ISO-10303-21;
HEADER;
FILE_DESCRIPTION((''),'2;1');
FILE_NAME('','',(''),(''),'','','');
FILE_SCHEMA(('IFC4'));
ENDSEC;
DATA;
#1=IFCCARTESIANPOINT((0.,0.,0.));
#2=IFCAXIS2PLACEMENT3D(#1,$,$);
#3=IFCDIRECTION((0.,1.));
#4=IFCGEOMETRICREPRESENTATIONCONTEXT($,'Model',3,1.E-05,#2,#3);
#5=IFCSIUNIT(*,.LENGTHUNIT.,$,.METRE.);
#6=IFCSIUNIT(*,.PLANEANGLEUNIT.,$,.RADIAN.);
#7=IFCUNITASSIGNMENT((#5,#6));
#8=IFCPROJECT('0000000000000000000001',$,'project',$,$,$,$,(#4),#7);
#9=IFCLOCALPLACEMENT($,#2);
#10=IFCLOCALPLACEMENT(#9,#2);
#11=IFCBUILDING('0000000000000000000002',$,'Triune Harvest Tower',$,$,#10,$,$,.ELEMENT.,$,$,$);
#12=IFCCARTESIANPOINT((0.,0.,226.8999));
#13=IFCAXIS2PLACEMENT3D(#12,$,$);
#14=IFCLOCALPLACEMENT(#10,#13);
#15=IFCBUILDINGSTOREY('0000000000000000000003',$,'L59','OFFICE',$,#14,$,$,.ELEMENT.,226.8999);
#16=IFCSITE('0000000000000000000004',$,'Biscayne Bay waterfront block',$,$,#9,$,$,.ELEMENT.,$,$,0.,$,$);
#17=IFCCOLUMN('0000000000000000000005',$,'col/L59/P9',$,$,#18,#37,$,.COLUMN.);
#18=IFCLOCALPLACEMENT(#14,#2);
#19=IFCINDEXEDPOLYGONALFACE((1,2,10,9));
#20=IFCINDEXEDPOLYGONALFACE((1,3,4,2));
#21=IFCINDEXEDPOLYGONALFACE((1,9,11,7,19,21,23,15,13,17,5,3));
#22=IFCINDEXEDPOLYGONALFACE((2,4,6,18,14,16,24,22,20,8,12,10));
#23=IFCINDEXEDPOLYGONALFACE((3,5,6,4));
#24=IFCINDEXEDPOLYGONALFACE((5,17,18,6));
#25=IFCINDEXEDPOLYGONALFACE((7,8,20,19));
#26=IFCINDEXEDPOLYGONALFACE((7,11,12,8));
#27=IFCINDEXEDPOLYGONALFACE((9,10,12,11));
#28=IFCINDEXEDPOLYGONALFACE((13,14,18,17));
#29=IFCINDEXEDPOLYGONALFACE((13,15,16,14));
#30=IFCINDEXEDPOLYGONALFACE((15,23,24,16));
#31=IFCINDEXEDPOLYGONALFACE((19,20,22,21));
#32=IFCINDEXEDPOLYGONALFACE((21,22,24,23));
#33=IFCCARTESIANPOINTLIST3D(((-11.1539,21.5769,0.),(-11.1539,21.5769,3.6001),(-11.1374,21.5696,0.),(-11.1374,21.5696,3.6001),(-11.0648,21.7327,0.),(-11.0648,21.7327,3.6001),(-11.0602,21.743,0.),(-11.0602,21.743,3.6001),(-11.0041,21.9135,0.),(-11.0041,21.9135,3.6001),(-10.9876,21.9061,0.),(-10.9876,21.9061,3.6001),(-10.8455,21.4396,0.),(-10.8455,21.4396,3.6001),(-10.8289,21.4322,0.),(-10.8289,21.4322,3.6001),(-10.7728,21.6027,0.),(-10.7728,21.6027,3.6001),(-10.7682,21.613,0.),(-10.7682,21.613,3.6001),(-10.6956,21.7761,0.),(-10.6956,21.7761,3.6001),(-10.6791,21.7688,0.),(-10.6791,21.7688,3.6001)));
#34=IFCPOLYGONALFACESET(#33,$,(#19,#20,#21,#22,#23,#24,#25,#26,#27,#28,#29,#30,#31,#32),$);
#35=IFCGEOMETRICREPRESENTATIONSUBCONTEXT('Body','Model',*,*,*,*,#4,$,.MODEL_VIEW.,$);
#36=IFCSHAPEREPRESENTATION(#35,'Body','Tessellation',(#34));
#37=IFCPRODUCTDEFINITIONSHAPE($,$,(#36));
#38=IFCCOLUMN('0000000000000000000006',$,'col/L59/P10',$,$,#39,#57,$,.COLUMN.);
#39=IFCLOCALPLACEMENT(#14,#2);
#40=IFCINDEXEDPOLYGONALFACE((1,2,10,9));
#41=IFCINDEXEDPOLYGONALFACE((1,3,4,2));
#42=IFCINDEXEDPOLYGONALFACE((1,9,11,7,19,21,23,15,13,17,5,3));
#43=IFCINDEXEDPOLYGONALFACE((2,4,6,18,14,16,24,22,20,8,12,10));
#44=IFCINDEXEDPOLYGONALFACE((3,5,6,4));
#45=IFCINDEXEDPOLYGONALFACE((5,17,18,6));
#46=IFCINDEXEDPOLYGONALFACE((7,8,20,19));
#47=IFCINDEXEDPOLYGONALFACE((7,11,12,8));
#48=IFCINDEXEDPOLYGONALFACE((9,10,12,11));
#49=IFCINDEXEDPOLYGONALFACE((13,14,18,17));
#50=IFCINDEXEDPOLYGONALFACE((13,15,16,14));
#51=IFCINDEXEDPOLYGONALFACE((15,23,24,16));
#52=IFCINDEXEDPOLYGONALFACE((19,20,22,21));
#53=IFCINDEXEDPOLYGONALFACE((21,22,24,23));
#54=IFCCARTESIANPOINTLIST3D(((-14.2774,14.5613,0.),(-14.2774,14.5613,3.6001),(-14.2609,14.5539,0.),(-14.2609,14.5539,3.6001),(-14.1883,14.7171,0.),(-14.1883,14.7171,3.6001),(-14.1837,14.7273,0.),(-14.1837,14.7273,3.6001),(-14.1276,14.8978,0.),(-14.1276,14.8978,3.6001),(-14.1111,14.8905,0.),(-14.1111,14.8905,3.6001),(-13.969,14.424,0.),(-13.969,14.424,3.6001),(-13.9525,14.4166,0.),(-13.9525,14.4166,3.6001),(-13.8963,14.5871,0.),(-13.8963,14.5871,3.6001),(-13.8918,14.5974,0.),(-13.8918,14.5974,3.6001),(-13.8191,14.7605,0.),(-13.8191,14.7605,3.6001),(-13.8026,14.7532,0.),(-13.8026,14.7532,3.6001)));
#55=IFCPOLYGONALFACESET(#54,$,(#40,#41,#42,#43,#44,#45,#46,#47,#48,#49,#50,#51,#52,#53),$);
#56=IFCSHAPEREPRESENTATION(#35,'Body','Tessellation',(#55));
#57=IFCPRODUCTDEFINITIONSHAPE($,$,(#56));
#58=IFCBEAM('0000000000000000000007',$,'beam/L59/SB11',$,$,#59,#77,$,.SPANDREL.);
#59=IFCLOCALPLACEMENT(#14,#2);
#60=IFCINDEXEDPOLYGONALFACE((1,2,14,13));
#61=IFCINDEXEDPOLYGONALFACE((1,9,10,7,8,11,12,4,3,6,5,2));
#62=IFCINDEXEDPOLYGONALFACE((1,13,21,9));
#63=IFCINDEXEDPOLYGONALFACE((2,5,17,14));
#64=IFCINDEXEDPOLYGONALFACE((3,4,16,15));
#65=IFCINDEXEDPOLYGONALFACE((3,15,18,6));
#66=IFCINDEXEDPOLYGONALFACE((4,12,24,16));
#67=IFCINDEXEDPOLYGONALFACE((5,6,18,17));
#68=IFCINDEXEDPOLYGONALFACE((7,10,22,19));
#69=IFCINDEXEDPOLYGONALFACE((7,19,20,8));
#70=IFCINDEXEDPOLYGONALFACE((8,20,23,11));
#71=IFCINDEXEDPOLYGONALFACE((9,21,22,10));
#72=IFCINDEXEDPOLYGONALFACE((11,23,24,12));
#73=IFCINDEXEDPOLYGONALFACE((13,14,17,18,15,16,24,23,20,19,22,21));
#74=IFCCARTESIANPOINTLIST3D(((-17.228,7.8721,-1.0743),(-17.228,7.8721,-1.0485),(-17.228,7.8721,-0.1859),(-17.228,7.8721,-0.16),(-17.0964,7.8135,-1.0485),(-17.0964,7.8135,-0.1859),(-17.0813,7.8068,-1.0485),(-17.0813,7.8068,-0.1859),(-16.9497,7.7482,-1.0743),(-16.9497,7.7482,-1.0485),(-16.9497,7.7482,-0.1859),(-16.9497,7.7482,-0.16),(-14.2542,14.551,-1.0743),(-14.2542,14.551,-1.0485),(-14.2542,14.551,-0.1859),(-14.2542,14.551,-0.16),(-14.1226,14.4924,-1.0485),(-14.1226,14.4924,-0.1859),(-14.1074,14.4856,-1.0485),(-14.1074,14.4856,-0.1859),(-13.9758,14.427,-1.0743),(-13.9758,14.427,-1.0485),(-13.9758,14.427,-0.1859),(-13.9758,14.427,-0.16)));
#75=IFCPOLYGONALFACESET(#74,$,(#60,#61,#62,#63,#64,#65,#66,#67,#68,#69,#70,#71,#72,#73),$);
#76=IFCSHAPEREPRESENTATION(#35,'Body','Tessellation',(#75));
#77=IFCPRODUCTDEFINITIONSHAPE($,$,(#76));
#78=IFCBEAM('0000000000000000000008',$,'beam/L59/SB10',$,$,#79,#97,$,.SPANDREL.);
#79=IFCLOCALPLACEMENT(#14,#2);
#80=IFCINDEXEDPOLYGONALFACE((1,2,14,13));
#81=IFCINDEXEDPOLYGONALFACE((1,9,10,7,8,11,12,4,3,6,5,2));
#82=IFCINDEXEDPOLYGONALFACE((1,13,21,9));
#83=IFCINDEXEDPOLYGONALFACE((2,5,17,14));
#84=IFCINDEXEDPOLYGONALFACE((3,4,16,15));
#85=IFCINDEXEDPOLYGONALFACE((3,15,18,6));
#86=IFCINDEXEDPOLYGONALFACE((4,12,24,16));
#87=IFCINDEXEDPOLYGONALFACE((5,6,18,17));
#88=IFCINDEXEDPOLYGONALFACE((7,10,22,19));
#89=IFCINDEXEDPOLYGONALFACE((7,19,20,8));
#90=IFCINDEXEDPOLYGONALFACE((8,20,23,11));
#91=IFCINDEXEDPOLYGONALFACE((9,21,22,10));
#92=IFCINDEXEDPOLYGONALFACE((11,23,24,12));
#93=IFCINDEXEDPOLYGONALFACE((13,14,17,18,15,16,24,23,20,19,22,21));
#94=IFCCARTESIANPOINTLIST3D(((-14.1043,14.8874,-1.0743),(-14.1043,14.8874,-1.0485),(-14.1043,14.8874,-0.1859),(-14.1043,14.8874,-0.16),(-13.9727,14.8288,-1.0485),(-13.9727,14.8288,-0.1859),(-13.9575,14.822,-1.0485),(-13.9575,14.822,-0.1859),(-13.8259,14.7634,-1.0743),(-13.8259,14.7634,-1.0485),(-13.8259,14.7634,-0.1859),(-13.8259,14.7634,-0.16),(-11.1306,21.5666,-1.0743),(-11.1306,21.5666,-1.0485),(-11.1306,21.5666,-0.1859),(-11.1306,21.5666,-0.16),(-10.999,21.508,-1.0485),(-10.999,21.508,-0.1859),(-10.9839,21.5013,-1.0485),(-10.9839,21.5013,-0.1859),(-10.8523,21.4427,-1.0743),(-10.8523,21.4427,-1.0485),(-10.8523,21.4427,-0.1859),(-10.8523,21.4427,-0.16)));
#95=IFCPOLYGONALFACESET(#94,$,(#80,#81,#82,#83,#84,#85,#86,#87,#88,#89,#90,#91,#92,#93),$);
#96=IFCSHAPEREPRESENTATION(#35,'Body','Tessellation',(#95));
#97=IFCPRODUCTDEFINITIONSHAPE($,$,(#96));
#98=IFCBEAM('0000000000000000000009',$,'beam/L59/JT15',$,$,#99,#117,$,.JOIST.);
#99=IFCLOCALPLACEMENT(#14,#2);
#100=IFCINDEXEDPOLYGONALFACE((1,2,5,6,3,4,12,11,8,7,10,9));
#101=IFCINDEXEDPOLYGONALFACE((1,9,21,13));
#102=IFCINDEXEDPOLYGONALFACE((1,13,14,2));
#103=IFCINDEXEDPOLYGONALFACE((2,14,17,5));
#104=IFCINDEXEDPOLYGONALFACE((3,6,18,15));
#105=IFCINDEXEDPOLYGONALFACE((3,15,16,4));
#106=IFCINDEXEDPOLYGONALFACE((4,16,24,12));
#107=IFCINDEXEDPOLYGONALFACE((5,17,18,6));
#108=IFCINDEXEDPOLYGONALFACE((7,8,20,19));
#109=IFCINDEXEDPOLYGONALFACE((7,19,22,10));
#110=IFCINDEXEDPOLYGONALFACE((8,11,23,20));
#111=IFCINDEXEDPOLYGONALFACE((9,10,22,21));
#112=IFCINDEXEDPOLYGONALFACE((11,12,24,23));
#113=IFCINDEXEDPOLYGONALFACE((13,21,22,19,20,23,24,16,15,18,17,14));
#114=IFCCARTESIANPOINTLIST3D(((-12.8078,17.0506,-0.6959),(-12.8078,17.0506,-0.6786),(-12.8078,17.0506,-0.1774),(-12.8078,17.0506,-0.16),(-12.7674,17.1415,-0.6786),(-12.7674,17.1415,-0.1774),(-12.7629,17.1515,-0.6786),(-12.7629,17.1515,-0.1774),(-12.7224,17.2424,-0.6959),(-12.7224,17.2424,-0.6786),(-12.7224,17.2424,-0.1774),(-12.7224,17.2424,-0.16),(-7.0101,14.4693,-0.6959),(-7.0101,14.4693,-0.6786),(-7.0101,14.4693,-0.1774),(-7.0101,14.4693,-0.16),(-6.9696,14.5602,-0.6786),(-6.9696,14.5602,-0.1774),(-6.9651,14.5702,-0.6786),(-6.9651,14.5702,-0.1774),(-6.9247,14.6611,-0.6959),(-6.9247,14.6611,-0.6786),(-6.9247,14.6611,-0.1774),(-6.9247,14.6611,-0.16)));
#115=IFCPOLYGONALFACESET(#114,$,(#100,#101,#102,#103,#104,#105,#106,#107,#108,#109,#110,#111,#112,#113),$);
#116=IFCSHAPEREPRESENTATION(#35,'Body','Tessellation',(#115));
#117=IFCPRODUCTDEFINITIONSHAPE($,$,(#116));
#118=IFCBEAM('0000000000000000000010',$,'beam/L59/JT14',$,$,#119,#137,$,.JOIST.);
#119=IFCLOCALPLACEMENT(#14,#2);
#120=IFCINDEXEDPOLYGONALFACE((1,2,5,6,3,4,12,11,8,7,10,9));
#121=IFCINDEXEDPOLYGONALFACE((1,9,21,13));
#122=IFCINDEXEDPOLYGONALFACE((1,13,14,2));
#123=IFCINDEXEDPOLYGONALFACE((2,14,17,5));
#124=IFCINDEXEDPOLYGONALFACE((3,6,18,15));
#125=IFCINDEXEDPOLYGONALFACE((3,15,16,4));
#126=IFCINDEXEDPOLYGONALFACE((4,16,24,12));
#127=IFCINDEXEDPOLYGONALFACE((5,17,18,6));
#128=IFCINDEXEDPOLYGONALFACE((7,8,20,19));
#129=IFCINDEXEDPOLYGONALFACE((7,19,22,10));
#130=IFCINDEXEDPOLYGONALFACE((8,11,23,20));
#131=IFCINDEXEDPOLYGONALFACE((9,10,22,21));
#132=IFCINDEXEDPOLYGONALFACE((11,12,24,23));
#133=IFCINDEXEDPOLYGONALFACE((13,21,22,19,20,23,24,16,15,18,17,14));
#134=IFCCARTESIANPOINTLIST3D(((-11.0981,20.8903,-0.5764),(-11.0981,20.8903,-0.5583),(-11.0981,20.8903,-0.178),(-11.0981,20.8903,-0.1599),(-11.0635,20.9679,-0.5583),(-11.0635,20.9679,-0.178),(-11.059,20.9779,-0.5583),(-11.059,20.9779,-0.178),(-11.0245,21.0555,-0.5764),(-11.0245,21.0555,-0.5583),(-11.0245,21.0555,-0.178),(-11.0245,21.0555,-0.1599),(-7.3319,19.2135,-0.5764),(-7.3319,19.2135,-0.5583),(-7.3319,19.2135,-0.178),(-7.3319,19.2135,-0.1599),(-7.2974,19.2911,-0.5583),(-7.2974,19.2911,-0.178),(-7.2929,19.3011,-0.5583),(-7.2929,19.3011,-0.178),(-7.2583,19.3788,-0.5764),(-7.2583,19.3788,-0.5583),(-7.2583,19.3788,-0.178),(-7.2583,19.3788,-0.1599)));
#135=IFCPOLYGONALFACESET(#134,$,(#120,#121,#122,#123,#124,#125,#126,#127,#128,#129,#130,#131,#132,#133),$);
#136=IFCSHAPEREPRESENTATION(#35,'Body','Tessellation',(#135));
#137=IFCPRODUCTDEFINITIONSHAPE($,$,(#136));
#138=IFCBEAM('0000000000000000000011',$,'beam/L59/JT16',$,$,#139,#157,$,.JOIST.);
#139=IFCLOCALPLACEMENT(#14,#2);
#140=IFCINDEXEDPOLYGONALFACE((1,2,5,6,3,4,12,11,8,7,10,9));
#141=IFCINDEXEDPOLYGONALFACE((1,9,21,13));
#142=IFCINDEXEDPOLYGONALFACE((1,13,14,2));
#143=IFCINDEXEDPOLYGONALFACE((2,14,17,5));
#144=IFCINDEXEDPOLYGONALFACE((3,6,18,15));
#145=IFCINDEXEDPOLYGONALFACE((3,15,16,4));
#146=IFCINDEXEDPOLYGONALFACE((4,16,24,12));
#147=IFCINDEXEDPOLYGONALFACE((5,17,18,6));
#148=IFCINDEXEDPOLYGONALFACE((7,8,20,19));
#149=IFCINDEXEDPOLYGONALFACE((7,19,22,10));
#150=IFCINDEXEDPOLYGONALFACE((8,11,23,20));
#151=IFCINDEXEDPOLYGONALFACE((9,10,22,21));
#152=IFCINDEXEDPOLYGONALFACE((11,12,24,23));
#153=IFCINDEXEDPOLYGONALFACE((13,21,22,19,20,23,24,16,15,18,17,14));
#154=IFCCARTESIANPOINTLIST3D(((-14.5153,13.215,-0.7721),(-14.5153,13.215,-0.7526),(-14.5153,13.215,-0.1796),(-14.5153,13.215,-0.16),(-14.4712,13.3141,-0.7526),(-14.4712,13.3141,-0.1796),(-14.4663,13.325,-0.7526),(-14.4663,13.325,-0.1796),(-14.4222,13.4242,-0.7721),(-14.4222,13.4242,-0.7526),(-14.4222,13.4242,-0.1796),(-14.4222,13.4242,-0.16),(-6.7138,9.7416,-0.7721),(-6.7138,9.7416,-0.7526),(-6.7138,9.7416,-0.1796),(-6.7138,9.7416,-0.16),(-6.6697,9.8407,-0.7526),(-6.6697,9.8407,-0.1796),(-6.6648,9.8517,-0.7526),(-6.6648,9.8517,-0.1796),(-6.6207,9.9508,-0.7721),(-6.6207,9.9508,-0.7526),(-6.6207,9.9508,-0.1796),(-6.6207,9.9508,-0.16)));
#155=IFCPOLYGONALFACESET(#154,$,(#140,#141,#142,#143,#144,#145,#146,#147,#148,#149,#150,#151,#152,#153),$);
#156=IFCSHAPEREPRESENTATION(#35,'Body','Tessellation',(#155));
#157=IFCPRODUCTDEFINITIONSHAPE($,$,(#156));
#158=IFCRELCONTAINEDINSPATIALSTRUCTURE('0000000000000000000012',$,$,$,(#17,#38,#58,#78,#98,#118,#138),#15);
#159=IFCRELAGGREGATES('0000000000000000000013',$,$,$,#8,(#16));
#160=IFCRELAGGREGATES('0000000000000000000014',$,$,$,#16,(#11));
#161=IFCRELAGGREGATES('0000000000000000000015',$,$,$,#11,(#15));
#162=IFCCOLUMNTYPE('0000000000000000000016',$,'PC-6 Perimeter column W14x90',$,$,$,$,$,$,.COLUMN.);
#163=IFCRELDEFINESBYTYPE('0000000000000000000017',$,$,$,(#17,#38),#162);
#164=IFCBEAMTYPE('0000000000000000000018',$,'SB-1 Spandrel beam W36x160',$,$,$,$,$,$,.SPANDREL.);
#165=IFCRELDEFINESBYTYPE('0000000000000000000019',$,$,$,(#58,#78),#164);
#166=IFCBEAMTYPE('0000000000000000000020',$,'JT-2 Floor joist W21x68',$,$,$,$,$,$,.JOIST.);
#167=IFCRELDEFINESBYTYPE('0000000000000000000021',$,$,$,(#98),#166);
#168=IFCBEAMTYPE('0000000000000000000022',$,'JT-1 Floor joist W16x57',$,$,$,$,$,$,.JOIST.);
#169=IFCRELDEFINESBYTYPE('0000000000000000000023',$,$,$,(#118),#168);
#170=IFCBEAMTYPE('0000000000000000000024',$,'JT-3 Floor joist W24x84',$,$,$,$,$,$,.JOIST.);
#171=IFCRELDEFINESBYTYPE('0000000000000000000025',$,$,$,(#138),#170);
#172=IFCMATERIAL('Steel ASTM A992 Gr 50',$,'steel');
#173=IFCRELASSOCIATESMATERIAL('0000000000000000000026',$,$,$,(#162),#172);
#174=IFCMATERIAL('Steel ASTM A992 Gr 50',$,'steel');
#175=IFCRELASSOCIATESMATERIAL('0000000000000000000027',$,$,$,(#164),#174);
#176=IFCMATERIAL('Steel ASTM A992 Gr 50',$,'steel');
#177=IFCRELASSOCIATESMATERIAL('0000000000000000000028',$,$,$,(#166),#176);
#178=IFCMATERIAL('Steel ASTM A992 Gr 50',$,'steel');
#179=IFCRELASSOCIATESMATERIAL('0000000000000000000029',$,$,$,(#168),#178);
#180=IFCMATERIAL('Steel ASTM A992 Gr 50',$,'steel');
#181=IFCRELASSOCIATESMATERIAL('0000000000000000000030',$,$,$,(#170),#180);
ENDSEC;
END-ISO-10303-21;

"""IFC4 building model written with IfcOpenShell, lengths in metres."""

from ifc_helpers import new_model, si_unit, direction, frame, origin, origin_2d, place, context, subcontext, project, spatial, i_section, extrude, source, transform, mapped, material, material_profile, profile_set, type_object, element, save


model = new_model("IFC4")

# Units and contexts
model_context = context("Model", 3, precision=1e-05, world=origin(), true_north=direction((0.0, 1.0)))
body_context = subcontext(model_context, "Body", "Model", "MODEL_VIEW")
ifc_project = project(units=[si_unit("LENGTHUNIT", "METRE"), si_unit("PLANEANGLEUNIT", "RADIAN")], contexts=[model_context])

# Site, building, storey
site_placement = place(None, origin())
site = spatial("IfcSite", under=ifc_project, at=site_placement, Name="Biscayne Bay waterfront block", CompositionType="ELEMENT", RefElevation=0.0)
building_placement = place(site_placement, origin())
building = spatial("IfcBuilding", under=site, at=building_placement, Name="Triune Harvest Tower", CompositionType="ELEMENT")
storey_placement = place(building_placement, frame((0.0, 0.0, 226.8999)))
storey = spatial("IfcBuildingStorey", under=building, at=storey_placement, Name="L59", Description="OFFICE", CompositionType="ELEMENT", Elevation=226.8999)

# Columns
ifc_material_1 = material(Name="Steel ASTM A992 Gr 50", Category="steel")
ifc_material_profile_1 = material_profile(ifc_material_1, i_section(OverallWidth=0.3684, OverallDepth=0.3557, WebThickness=0.0112, FlangeThickness=0.0181, at=origin_2d()), Name="W14x90")
ifc_profile_set_1 = profile_set([ifc_material_profile_1], Name="Steel ASTM A992 Gr 50")
column_type = type_object("IfcColumnType", Name="PC-6 Perimeter column W14x90", PredefinedType="COLUMN", material=ifc_profile_set_1)
shared_shape_1 = source(origin(), body_context, "Body", "SweptSolid", [
    extrude(i_section(OverallWidth=0.3684, OverallDepth=0.3557, WebThickness=0.0112, FlangeThickness=0.0181, at=origin_2d()), origin(), (0.0, 0.0, 1.0), 3.6001),
])
for number, where, z_axis, x_axis, name in (
    (1, (-10.9165, 21.6729, 0.0), (0.0, 0.0, 1.0), (-0.406738, -0.913545, 0.0), "col/L59/P9"),
    (2, (-14.04, 14.6572, 0.0), (0.0, 0.0, 1.0), (-0.406738, -0.913545, 0.0), "col/L59/P10"),
):
    element("IfcColumn", number, at=place(storey_placement, frame(where, z_axis=z_axis, x_axis=x_axis)), inside=storey, type_object=column_type, Name=name, PredefinedType="COLUMN", context=body_context, shape_type="MappedRepresentation", body=[
        mapped(shared_shape_1, transform((0.0, 0.0, 0.0), scale=1.0)),
    ])

# Beams
ifc_material_2 = material(Name="Steel ASTM A992 Gr 50", Category="steel")
ifc_material_profile_2 = material_profile(ifc_material_2, i_section(OverallWidth=0.3047, OverallDepth=0.9143, WebThickness=0.0166, FlangeThickness=0.0259, at=origin_2d()), Name="W36x160")
ifc_profile_set_2 = profile_set([ifc_material_profile_2], Name="Steel ASTM A992 Gr 50")
beam_type_1 = type_object("IfcBeamType", Name="SB-1 Spandrel beam W36x160", PredefinedType="SPANDREL", material=ifc_profile_set_2)
shared_shape_2 = source(origin(), body_context, "Body", "SweptSolid", [
    extrude(i_section(OverallWidth=0.3047, OverallDepth=0.9143, WebThickness=0.0166, FlangeThickness=0.0259, at=origin_2d()), origin(), (0.0, 0.0, 1.0), 7.311),
])
beam_1_placement = place(storey_placement, frame((-14.115, 14.489, -0.6172), z_axis=(-0.406761, -0.913535, 0.0), x_axis=(0.913535, -0.406761, 0.0)))
element("IfcBeam", 3, at=beam_1_placement, inside=storey, type_object=beam_type_1, Name="beam/L59/SB11", PredefinedType="SPANDREL", context=body_context, shape_type="MappedRepresentation", body=[
    mapped(shared_shape_2, transform((0.0, 0.0, 0.0), scale=1.0)),
])
shared_shape_3 = source(origin(), body_context, "Body", "SweptSolid", [
    extrude(i_section(OverallWidth=0.3047, OverallDepth=0.9143, WebThickness=0.0166, FlangeThickness=0.0259, at=origin_2d()), origin(), (0.0, 0.0, 1.0), 7.3113),
])
beam_2_placement = place(storey_placement, frame((-10.9915, 21.5046, -0.6172), z_axis=(-0.406721, -0.913552, 0.0), x_axis=(0.913552, -0.406721, 0.0)))
element("IfcBeam", 4, at=beam_2_placement, inside=storey, type_object=beam_type_1, Name="beam/L59/SB10", PredefinedType="SPANDREL", context=body_context, shape_type="MappedRepresentation", body=[
    mapped(shared_shape_3, transform((0.0, 0.0, 0.0), scale=1.0)),
])
ifc_material_3 = material(Name="Steel ASTM A992 Gr 50", Category="steel")
ifc_material_profile_3 = material_profile(ifc_material_3, i_section(OverallWidth=0.21, OverallDepth=0.5359, WebThickness=0.011, FlangeThickness=0.0173, at=origin_2d()), Name="W21x68")
ifc_profile_set_3 = profile_set([ifc_material_profile_3], Name="Steel ASTM A992 Gr 50")
beam_type_2 = type_object("IfcBeamType", Name="JT-2 Floor joist W21x68", PredefinedType="JOIST", material=ifc_profile_set_3)
shared_shape_4 = source(origin(), body_context, "Body", "SweptSolid", [
    extrude(i_section(OverallWidth=0.21, OverallDepth=0.5359, WebThickness=0.011, FlangeThickness=0.0173, at=origin_2d()), origin(), (0.0, 0.0, 1.0), 6.3464),
])
beam_3_placement = place(storey_placement, frame((-12.7651, 17.1465, -0.428), z_axis=(0.91355, -0.406727, 0.0), x_axis=(0.406727, 0.91355, 0.0)))
element("IfcBeam", 5, at=beam_3_placement, inside=storey, type_object=beam_type_2, Name="beam/L59/JT15", PredefinedType="JOIST", context=body_context, shape_type="MappedRepresentation", body=[
    mapped(shared_shape_4, transform((0.0, 0.0, 0.0), scale=1.0)),
])
ifc_material_4 = material(Name="Steel ASTM A992 Gr 50", Category="steel")
ifc_material_profile_4 = material_profile(ifc_material_4, i_section(OverallWidth=0.1809, OverallDepth=0.4165, WebThickness=0.011, FlangeThickness=0.0181, at=origin_2d()), Name="W16x57")
ifc_profile_set_4 = profile_set([ifc_material_profile_4], Name="Steel ASTM A992 Gr 50")
beam_type_3 = type_object("IfcBeamType", Name="JT-1 Floor joist W16x57", PredefinedType="JOIST", material=ifc_profile_set_4)
shared_shape_5 = source(origin(), body_context, "Body", "SweptSolid", [
    extrude(i_section(OverallWidth=0.1809, OverallDepth=0.4165, WebThickness=0.011, FlangeThickness=0.0181, at=origin_2d()), origin(), (0.0, 0.0, 1.0), 4.1226),
])
beam_4_placement = place(storey_placement, frame((-11.0613, 20.9729, -0.3682), z_axis=(0.913548, -0.406732, 0.0), x_axis=(0.406732, 0.913548, 0.0)))
element("IfcBeam", 6, at=beam_4_placement, inside=storey, type_object=beam_type_3, Name="beam/L59/JT14", PredefinedType="JOIST", context=body_context, shape_type="MappedRepresentation", body=[
    mapped(shared_shape_5, transform((0.0, 0.0, 0.0), scale=1.0)),
])
ifc_material_5 = material(Name="Steel ASTM A992 Gr 50", Category="steel")
ifc_material_profile_5 = material_profile(ifc_material_5, i_section(OverallWidth=0.229, OverallDepth=0.6121, WebThickness=0.012, FlangeThickness=0.0195, at=origin_2d()), Name="W24x84")
ifc_profile_set_5 = profile_set([ifc_material_profile_5], Name="Steel ASTM A992 Gr 50")
beam_type_4 = type_object("IfcBeamType", Name="JT-3 Floor joist W24x84", PredefinedType="JOIST", material=ifc_profile_set_5)
shared_shape_6 = source(origin(), body_context, "Body", "SweptSolid", [
    extrude(i_section(OverallWidth=0.229, OverallDepth=0.6121, WebThickness=0.012, FlangeThickness=0.0195, at=origin_2d()), origin(), (0.0, 0.0, 1.0), 8.5398),
])
beam_5_placement = place(storey_placement, frame((-14.4688, 13.3196, -0.4661), z_axis=(0.913548, -0.40673, 0.0), x_axis=(0.40673, 0.913548, 0.0)))
element("IfcBeam", 7, at=beam_5_placement, inside=storey, type_object=beam_type_4, Name="beam/L59/JT16", PredefinedType="JOIST", context=body_context, shape_type="MappedRepresentation", body=[
    mapped(shared_shape_6, transform((0.0, 0.0, 0.0), scale=1.0)),
])

save(model, "model.ifc")
